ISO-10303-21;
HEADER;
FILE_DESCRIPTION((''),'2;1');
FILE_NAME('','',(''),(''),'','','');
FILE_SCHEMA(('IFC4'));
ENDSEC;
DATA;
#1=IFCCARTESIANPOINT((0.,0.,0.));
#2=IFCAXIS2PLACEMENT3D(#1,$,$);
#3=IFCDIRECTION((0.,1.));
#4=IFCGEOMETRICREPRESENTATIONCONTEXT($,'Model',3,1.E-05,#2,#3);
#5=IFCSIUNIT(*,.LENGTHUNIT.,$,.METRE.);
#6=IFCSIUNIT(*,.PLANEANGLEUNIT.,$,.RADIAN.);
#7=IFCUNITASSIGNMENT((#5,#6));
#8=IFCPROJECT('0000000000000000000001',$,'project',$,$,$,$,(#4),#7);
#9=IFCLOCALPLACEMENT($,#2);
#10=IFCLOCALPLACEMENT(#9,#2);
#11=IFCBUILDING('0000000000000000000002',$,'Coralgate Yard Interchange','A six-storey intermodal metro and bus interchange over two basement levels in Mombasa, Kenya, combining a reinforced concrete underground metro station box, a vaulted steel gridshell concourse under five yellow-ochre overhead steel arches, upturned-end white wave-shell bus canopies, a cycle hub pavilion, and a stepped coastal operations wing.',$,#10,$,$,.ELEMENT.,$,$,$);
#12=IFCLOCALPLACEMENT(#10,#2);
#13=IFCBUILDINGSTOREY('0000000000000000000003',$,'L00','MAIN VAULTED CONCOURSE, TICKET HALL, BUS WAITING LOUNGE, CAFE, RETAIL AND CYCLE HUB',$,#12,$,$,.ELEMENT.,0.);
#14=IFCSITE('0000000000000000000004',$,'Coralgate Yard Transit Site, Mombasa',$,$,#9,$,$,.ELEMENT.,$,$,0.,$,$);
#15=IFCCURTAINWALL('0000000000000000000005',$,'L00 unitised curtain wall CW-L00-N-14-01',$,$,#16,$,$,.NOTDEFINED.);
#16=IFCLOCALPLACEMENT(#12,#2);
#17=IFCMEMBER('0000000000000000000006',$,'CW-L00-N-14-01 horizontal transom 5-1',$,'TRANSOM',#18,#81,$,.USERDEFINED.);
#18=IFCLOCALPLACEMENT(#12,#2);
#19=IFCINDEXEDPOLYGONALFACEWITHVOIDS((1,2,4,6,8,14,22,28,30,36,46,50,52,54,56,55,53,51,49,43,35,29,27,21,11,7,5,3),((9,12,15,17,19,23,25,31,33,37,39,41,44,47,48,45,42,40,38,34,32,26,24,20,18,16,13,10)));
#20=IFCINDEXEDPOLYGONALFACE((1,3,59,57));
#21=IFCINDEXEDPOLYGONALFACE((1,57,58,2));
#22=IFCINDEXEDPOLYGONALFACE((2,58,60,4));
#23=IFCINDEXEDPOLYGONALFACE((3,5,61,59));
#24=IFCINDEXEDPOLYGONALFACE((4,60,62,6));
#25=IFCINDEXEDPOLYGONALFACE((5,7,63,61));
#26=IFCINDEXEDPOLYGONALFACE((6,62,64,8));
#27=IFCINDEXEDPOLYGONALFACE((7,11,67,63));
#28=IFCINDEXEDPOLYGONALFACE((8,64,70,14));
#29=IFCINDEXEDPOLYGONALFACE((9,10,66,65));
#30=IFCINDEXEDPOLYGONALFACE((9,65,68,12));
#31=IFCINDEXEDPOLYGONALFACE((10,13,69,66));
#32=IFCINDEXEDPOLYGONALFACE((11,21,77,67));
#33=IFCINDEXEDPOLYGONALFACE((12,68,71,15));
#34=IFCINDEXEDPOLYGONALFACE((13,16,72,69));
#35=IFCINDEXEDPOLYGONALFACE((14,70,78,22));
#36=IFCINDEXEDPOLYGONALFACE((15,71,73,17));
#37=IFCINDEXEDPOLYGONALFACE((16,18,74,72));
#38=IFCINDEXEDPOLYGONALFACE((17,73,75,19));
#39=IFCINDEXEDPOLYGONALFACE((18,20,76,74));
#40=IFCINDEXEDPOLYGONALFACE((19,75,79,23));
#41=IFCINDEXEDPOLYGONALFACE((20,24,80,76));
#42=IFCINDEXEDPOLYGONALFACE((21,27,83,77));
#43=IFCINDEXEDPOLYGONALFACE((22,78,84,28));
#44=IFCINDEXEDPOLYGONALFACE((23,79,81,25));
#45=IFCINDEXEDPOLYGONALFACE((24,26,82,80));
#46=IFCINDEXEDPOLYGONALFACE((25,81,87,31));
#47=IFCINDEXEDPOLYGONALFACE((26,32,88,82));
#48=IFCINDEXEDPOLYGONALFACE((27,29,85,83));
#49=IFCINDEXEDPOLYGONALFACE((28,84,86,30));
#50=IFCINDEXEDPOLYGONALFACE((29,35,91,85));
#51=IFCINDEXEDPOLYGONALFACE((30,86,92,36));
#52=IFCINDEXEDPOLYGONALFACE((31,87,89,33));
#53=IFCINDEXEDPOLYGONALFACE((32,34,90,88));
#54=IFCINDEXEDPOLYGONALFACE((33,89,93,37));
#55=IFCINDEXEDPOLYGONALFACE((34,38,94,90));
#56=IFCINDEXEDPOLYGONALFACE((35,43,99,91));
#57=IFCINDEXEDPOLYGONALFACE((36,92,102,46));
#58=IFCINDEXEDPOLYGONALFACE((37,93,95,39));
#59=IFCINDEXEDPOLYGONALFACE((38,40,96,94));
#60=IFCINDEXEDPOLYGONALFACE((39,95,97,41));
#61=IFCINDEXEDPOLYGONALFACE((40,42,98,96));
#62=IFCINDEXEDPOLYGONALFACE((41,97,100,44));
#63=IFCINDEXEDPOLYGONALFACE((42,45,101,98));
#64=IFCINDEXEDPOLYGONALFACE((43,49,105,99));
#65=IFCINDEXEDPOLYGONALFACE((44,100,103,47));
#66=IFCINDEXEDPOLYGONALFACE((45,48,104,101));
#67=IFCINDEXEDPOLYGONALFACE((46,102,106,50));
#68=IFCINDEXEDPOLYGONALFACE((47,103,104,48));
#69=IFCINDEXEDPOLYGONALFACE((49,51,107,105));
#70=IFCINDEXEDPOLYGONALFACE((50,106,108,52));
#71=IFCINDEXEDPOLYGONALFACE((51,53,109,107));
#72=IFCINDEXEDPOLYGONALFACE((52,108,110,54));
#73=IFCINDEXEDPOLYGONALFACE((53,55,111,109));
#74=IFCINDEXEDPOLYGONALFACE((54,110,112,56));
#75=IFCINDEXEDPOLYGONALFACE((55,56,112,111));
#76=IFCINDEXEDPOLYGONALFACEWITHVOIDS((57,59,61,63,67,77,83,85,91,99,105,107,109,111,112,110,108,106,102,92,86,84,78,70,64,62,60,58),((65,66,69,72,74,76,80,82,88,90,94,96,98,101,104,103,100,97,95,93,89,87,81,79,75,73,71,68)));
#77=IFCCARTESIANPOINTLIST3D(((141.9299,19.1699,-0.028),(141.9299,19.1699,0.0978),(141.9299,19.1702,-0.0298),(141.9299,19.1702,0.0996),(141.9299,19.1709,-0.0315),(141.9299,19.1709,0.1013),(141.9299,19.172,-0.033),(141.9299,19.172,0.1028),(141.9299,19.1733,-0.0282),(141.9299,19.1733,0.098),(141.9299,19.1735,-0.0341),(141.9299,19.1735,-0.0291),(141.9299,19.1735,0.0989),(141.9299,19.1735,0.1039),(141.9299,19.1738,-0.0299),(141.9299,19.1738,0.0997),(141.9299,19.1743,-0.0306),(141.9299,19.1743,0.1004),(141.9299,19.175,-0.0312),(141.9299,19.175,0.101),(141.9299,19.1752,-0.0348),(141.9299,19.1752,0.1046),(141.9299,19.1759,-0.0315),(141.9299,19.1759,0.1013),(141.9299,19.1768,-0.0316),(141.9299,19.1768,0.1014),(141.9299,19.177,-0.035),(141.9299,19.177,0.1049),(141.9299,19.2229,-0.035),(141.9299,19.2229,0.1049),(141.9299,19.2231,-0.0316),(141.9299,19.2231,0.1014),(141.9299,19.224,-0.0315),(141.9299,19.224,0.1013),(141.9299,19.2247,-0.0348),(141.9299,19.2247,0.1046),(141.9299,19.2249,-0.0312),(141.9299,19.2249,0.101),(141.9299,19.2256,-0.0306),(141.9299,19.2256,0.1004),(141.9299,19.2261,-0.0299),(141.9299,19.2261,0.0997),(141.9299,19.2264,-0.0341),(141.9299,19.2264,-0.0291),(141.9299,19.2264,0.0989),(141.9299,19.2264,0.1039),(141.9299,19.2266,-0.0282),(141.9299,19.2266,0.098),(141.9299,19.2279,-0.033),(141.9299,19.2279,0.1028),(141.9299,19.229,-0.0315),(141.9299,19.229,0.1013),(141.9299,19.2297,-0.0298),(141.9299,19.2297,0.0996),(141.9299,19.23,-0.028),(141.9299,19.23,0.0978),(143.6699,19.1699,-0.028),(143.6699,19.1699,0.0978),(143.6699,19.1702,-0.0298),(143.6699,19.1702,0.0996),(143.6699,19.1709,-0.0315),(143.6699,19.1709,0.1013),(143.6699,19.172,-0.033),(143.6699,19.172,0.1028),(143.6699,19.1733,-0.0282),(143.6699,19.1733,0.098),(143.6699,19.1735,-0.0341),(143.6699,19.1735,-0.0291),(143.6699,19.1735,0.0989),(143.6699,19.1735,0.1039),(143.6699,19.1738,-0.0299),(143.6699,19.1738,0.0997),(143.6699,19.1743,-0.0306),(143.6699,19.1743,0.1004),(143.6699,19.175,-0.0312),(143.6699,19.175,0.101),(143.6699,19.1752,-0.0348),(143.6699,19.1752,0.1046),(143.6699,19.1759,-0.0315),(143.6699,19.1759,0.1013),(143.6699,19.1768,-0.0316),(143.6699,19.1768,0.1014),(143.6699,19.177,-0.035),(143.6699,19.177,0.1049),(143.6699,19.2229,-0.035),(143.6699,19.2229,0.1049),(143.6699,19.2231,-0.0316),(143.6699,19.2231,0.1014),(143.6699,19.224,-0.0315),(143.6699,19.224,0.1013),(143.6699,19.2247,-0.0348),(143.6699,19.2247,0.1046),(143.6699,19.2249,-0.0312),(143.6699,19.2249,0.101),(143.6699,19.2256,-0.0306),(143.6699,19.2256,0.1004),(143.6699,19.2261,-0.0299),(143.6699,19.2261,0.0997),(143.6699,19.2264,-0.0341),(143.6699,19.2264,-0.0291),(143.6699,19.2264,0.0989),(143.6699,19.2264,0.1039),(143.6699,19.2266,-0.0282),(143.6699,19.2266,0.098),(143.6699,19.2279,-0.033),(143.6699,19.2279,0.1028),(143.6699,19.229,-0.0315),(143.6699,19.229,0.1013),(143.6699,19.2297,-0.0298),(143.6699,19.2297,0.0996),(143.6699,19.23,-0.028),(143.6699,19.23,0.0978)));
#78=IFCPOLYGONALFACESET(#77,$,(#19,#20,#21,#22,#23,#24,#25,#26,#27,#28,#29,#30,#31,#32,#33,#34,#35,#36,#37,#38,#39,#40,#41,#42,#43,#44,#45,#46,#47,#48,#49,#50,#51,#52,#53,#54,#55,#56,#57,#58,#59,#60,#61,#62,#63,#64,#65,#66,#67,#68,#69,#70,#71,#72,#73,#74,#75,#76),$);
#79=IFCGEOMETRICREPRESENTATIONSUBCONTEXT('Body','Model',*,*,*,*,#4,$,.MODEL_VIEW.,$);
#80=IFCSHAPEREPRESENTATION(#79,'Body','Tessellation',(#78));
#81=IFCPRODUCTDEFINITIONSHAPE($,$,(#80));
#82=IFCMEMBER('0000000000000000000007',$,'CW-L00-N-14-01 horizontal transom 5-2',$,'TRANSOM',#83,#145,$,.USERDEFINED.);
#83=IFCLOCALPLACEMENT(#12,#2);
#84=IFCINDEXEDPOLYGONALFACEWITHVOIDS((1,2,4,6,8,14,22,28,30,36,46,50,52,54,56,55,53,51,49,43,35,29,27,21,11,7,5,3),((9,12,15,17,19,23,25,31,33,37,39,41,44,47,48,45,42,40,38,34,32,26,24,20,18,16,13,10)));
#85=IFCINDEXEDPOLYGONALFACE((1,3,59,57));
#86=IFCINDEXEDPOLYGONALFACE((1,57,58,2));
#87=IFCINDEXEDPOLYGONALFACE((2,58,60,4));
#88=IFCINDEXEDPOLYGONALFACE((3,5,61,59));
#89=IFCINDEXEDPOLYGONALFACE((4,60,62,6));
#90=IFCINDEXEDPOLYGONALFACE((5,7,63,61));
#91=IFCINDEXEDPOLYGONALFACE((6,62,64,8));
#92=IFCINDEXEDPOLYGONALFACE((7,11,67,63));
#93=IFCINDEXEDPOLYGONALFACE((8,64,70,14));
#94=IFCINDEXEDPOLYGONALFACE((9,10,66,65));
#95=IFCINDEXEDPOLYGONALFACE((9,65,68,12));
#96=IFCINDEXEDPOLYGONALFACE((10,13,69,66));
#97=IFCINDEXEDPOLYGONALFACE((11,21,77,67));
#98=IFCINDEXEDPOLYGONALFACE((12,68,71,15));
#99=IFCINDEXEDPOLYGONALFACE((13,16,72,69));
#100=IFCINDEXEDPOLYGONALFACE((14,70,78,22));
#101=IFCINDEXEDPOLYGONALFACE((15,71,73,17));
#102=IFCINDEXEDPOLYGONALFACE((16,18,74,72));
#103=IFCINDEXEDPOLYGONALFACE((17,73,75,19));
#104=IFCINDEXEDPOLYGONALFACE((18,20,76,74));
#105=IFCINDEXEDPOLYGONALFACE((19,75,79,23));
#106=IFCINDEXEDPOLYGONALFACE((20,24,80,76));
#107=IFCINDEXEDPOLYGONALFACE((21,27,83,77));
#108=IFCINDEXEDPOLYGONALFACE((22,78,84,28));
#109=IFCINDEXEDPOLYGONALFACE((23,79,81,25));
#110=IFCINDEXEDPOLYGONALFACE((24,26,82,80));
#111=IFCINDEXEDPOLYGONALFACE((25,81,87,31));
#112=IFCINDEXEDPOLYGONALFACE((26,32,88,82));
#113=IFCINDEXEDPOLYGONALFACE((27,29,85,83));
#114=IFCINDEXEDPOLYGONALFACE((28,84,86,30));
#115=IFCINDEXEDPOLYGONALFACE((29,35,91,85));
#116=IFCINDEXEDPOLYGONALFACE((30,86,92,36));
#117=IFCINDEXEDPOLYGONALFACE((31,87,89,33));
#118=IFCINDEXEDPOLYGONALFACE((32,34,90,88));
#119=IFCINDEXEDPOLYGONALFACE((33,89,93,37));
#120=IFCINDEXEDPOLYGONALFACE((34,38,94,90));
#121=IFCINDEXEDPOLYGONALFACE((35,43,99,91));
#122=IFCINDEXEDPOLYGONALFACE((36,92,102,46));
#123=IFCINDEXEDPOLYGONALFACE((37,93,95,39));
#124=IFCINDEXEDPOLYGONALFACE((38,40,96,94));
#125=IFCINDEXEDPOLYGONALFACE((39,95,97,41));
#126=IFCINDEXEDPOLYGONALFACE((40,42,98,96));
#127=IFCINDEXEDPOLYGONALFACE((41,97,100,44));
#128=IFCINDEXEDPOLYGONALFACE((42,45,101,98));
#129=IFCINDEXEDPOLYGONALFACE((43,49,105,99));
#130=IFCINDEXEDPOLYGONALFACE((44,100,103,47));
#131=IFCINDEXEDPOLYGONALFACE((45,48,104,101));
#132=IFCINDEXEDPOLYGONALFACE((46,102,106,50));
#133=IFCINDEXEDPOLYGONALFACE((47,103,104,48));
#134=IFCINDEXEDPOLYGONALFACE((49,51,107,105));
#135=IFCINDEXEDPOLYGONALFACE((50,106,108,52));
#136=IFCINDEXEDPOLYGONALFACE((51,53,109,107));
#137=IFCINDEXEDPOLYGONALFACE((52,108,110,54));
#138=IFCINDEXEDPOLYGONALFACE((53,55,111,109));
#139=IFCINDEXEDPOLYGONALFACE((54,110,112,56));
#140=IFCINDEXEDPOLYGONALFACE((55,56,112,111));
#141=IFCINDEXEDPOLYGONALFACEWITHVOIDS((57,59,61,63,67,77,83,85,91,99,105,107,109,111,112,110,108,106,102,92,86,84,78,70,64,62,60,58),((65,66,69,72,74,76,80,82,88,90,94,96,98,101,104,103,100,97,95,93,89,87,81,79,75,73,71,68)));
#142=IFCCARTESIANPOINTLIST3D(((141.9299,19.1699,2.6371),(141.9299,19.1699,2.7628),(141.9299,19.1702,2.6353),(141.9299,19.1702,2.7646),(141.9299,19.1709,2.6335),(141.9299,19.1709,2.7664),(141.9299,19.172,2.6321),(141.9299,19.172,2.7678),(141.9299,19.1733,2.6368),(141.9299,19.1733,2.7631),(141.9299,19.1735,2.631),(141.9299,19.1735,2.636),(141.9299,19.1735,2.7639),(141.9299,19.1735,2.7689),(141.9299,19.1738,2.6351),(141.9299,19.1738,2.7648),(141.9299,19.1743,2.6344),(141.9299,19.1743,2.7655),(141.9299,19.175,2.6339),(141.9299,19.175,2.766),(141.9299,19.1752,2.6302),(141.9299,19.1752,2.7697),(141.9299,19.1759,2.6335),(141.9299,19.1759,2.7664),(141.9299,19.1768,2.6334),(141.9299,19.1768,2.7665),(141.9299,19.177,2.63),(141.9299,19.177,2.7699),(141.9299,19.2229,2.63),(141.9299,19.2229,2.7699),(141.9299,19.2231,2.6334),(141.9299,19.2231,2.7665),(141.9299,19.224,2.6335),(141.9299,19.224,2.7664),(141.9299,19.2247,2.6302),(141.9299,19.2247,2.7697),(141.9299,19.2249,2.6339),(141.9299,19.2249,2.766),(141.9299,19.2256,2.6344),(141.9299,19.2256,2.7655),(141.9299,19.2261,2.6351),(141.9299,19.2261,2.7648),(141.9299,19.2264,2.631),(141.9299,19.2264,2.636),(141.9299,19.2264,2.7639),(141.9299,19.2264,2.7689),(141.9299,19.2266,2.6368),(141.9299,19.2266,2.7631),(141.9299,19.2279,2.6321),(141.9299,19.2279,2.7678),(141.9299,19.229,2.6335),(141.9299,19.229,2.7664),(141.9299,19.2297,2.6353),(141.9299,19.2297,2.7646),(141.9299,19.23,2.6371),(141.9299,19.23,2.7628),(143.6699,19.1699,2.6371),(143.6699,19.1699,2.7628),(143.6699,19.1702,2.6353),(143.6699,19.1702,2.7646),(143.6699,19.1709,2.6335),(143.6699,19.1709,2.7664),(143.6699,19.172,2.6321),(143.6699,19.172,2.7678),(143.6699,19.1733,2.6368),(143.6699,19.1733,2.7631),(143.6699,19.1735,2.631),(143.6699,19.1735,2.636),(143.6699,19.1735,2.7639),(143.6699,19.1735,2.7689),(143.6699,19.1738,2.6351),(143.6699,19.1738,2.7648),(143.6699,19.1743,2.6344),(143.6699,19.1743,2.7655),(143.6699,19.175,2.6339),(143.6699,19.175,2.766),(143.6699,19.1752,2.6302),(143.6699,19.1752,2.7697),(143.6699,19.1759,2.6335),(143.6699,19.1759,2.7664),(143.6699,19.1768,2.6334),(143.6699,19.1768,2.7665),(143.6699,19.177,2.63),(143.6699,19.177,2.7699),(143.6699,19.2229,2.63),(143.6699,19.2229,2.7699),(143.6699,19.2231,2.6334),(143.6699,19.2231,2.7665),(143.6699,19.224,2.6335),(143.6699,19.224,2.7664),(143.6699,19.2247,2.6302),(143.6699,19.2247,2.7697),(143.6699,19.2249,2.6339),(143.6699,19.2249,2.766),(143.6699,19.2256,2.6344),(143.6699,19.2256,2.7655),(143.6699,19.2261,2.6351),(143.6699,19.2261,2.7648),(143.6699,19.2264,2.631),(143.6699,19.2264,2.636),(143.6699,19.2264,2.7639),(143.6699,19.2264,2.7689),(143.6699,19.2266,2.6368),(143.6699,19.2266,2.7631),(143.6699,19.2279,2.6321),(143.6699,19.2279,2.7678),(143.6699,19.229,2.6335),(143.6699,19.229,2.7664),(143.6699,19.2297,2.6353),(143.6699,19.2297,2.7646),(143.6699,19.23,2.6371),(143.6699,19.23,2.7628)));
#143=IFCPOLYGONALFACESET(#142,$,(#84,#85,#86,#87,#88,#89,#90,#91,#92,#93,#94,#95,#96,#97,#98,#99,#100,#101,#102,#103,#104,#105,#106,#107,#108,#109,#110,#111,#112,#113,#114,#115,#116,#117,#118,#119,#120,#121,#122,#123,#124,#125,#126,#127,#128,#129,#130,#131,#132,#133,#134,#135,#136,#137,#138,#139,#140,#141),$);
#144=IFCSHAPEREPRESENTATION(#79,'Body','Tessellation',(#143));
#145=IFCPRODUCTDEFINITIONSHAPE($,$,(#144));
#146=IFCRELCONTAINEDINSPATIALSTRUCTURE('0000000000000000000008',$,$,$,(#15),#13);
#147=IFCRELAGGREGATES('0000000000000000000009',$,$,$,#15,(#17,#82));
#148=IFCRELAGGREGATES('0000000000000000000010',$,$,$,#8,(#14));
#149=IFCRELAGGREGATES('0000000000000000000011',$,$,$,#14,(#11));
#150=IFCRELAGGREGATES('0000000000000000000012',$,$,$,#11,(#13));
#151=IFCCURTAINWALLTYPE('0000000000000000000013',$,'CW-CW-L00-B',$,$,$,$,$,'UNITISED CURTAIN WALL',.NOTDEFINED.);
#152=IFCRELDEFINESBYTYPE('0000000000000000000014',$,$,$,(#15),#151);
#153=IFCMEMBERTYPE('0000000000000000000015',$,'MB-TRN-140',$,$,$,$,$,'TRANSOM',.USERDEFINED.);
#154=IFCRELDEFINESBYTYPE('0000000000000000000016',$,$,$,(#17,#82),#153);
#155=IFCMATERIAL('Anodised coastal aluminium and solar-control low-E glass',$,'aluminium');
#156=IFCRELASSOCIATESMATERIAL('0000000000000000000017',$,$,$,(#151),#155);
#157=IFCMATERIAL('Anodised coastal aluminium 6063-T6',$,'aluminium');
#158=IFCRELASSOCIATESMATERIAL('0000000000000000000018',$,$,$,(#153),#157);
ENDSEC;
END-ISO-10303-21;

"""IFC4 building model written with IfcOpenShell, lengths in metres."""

from ifc_helpers import new_model, si_unit, direction, frame, origin, origin_2d, place, context, subcontext, project, spatial, hollow_rectangle, extrude, material, material_profile, profile_set, type_object, element, aggregate, save


model = new_model("IFC4")

# Units and contexts
model_context = context("Model", 3, precision=1e-05, world=origin(), true_north=direction((0.0, 1.0)))
body_context = subcontext(model_context, "Body", "Model", "MODEL_VIEW")
ifc_project = project(units=[si_unit("LENGTHUNIT", "METRE"), si_unit("PLANEANGLEUNIT", "RADIAN")], contexts=[model_context])

# Site, building, storey
site_placement = place(None, origin())
site = spatial("IfcSite", under=ifc_project, at=site_placement, Name="Coralgate Yard Transit Site, Mombasa", CompositionType="ELEMENT", RefElevation=0.0)
building_placement = place(site_placement, origin())
building = spatial("IfcBuilding", under=site, at=building_placement, Name="Coralgate Yard Interchange", Description="A six-storey intermodal metro and bus interchange over two basement levels in Mombasa, Kenya, combining a reinforced concrete underground metro station box, a vaulted steel gridshell concourse under five yellow-ochre overhead steel arches, upturned-end white wave-shell bus canopies, a cycle hub pavilion, and a stepped coastal operations wing.", CompositionType="ELEMENT")
storey_placement = place(building_placement, origin())
storey = spatial("IfcBuildingStorey", under=building, at=storey_placement, Name="L00", Description="MAIN VAULTED CONCOURSE, TICKET HALL, BUS WAITING LOUNGE, CAFE, RETAIL AND CYCLE HUB", CompositionType="ELEMENT", Elevation=0.0)

# Curtain wall, members
ifc_material_1 = material(Name="Anodised coastal aluminium and solar-control low-E glass", Category="aluminium")
curtain_wall_type = type_object("IfcCurtainWallType", Name="CW-CW-L00-B", ElementType="UNITISED CURTAIN WALL", PredefinedType="NOTDEFINED", material=ifc_material_1)
curtain_wall_placement = place(storey_placement, origin())
curtain_wall = element("IfcCurtainWall", 1, at=curtain_wall_placement, inside=storey, type_object=curtain_wall_type, Name="L00 unitised curtain wall CW-L00-N-14-01", PredefinedType="NOTDEFINED")
ifc_material_2 = material(Name="Anodised coastal aluminium 6063-T6", Category="aluminium")
ifc_material_profile_1 = material_profile(ifc_material_2, hollow_rectangle(XDim=0.0601, YDim=0.1399, WallThickness=0.0034, InnerFilletRadius=0.0034, OuterFilletRadius=0.0071, at=origin_2d()), Name="ALU 60x140x3.5")
ifc_profile_set_1 = profile_set([ifc_material_profile_1], Name="Anodised coastal aluminium 6063-T6")
member_type_1 = type_object("IfcMemberType", Name="MB-TRN-140", ElementType="TRANSOM", PredefinedType="USERDEFINED", material=ifc_profile_set_1)
member_1_placement = place(storey_placement, frame((141.9299, 19.2, 0.0349), z_axis=(1.0, 0.0, 0.0), x_axis=(0.0, 1.0, 0.0)))
member_1 = element("IfcMember", 2, at=member_1_placement, type_object=member_type_1, Name="CW-L00-N-14-01 horizontal transom 5-1", ObjectType="TRANSOM", PredefinedType="USERDEFINED", context=body_context, shape_type="SweptSolid", body=[
    extrude(hollow_rectangle(XDim=0.0601, YDim=0.1399, WallThickness=0.0034, InnerFilletRadius=0.0034, OuterFilletRadius=0.0071, at=origin_2d()), origin(), (0.0, 0.0, 1.0), 1.74),
])
member_2_placement = place(storey_placement, frame((141.9299, 19.2, 2.7), z_axis=(1.0, 0.0, 0.0), x_axis=(0.0, 1.0, 0.0)))
member_2 = element("IfcMember", 3, at=member_2_placement, type_object=member_type_1, Name="CW-L00-N-14-01 horizontal transom 5-2", ObjectType="TRANSOM", PredefinedType="USERDEFINED", context=body_context, shape_type="SweptSolid", body=[
    extrude(hollow_rectangle(XDim=0.0601, YDim=0.1399, WallThickness=0.0034, InnerFilletRadius=0.0034, OuterFilletRadius=0.0071, at=origin_2d()), origin(), (0.0, 0.0, 1.0), 1.74),
])
aggregate(curtain_wall, [member_1, member_2])

save(model, "model.ifc")
